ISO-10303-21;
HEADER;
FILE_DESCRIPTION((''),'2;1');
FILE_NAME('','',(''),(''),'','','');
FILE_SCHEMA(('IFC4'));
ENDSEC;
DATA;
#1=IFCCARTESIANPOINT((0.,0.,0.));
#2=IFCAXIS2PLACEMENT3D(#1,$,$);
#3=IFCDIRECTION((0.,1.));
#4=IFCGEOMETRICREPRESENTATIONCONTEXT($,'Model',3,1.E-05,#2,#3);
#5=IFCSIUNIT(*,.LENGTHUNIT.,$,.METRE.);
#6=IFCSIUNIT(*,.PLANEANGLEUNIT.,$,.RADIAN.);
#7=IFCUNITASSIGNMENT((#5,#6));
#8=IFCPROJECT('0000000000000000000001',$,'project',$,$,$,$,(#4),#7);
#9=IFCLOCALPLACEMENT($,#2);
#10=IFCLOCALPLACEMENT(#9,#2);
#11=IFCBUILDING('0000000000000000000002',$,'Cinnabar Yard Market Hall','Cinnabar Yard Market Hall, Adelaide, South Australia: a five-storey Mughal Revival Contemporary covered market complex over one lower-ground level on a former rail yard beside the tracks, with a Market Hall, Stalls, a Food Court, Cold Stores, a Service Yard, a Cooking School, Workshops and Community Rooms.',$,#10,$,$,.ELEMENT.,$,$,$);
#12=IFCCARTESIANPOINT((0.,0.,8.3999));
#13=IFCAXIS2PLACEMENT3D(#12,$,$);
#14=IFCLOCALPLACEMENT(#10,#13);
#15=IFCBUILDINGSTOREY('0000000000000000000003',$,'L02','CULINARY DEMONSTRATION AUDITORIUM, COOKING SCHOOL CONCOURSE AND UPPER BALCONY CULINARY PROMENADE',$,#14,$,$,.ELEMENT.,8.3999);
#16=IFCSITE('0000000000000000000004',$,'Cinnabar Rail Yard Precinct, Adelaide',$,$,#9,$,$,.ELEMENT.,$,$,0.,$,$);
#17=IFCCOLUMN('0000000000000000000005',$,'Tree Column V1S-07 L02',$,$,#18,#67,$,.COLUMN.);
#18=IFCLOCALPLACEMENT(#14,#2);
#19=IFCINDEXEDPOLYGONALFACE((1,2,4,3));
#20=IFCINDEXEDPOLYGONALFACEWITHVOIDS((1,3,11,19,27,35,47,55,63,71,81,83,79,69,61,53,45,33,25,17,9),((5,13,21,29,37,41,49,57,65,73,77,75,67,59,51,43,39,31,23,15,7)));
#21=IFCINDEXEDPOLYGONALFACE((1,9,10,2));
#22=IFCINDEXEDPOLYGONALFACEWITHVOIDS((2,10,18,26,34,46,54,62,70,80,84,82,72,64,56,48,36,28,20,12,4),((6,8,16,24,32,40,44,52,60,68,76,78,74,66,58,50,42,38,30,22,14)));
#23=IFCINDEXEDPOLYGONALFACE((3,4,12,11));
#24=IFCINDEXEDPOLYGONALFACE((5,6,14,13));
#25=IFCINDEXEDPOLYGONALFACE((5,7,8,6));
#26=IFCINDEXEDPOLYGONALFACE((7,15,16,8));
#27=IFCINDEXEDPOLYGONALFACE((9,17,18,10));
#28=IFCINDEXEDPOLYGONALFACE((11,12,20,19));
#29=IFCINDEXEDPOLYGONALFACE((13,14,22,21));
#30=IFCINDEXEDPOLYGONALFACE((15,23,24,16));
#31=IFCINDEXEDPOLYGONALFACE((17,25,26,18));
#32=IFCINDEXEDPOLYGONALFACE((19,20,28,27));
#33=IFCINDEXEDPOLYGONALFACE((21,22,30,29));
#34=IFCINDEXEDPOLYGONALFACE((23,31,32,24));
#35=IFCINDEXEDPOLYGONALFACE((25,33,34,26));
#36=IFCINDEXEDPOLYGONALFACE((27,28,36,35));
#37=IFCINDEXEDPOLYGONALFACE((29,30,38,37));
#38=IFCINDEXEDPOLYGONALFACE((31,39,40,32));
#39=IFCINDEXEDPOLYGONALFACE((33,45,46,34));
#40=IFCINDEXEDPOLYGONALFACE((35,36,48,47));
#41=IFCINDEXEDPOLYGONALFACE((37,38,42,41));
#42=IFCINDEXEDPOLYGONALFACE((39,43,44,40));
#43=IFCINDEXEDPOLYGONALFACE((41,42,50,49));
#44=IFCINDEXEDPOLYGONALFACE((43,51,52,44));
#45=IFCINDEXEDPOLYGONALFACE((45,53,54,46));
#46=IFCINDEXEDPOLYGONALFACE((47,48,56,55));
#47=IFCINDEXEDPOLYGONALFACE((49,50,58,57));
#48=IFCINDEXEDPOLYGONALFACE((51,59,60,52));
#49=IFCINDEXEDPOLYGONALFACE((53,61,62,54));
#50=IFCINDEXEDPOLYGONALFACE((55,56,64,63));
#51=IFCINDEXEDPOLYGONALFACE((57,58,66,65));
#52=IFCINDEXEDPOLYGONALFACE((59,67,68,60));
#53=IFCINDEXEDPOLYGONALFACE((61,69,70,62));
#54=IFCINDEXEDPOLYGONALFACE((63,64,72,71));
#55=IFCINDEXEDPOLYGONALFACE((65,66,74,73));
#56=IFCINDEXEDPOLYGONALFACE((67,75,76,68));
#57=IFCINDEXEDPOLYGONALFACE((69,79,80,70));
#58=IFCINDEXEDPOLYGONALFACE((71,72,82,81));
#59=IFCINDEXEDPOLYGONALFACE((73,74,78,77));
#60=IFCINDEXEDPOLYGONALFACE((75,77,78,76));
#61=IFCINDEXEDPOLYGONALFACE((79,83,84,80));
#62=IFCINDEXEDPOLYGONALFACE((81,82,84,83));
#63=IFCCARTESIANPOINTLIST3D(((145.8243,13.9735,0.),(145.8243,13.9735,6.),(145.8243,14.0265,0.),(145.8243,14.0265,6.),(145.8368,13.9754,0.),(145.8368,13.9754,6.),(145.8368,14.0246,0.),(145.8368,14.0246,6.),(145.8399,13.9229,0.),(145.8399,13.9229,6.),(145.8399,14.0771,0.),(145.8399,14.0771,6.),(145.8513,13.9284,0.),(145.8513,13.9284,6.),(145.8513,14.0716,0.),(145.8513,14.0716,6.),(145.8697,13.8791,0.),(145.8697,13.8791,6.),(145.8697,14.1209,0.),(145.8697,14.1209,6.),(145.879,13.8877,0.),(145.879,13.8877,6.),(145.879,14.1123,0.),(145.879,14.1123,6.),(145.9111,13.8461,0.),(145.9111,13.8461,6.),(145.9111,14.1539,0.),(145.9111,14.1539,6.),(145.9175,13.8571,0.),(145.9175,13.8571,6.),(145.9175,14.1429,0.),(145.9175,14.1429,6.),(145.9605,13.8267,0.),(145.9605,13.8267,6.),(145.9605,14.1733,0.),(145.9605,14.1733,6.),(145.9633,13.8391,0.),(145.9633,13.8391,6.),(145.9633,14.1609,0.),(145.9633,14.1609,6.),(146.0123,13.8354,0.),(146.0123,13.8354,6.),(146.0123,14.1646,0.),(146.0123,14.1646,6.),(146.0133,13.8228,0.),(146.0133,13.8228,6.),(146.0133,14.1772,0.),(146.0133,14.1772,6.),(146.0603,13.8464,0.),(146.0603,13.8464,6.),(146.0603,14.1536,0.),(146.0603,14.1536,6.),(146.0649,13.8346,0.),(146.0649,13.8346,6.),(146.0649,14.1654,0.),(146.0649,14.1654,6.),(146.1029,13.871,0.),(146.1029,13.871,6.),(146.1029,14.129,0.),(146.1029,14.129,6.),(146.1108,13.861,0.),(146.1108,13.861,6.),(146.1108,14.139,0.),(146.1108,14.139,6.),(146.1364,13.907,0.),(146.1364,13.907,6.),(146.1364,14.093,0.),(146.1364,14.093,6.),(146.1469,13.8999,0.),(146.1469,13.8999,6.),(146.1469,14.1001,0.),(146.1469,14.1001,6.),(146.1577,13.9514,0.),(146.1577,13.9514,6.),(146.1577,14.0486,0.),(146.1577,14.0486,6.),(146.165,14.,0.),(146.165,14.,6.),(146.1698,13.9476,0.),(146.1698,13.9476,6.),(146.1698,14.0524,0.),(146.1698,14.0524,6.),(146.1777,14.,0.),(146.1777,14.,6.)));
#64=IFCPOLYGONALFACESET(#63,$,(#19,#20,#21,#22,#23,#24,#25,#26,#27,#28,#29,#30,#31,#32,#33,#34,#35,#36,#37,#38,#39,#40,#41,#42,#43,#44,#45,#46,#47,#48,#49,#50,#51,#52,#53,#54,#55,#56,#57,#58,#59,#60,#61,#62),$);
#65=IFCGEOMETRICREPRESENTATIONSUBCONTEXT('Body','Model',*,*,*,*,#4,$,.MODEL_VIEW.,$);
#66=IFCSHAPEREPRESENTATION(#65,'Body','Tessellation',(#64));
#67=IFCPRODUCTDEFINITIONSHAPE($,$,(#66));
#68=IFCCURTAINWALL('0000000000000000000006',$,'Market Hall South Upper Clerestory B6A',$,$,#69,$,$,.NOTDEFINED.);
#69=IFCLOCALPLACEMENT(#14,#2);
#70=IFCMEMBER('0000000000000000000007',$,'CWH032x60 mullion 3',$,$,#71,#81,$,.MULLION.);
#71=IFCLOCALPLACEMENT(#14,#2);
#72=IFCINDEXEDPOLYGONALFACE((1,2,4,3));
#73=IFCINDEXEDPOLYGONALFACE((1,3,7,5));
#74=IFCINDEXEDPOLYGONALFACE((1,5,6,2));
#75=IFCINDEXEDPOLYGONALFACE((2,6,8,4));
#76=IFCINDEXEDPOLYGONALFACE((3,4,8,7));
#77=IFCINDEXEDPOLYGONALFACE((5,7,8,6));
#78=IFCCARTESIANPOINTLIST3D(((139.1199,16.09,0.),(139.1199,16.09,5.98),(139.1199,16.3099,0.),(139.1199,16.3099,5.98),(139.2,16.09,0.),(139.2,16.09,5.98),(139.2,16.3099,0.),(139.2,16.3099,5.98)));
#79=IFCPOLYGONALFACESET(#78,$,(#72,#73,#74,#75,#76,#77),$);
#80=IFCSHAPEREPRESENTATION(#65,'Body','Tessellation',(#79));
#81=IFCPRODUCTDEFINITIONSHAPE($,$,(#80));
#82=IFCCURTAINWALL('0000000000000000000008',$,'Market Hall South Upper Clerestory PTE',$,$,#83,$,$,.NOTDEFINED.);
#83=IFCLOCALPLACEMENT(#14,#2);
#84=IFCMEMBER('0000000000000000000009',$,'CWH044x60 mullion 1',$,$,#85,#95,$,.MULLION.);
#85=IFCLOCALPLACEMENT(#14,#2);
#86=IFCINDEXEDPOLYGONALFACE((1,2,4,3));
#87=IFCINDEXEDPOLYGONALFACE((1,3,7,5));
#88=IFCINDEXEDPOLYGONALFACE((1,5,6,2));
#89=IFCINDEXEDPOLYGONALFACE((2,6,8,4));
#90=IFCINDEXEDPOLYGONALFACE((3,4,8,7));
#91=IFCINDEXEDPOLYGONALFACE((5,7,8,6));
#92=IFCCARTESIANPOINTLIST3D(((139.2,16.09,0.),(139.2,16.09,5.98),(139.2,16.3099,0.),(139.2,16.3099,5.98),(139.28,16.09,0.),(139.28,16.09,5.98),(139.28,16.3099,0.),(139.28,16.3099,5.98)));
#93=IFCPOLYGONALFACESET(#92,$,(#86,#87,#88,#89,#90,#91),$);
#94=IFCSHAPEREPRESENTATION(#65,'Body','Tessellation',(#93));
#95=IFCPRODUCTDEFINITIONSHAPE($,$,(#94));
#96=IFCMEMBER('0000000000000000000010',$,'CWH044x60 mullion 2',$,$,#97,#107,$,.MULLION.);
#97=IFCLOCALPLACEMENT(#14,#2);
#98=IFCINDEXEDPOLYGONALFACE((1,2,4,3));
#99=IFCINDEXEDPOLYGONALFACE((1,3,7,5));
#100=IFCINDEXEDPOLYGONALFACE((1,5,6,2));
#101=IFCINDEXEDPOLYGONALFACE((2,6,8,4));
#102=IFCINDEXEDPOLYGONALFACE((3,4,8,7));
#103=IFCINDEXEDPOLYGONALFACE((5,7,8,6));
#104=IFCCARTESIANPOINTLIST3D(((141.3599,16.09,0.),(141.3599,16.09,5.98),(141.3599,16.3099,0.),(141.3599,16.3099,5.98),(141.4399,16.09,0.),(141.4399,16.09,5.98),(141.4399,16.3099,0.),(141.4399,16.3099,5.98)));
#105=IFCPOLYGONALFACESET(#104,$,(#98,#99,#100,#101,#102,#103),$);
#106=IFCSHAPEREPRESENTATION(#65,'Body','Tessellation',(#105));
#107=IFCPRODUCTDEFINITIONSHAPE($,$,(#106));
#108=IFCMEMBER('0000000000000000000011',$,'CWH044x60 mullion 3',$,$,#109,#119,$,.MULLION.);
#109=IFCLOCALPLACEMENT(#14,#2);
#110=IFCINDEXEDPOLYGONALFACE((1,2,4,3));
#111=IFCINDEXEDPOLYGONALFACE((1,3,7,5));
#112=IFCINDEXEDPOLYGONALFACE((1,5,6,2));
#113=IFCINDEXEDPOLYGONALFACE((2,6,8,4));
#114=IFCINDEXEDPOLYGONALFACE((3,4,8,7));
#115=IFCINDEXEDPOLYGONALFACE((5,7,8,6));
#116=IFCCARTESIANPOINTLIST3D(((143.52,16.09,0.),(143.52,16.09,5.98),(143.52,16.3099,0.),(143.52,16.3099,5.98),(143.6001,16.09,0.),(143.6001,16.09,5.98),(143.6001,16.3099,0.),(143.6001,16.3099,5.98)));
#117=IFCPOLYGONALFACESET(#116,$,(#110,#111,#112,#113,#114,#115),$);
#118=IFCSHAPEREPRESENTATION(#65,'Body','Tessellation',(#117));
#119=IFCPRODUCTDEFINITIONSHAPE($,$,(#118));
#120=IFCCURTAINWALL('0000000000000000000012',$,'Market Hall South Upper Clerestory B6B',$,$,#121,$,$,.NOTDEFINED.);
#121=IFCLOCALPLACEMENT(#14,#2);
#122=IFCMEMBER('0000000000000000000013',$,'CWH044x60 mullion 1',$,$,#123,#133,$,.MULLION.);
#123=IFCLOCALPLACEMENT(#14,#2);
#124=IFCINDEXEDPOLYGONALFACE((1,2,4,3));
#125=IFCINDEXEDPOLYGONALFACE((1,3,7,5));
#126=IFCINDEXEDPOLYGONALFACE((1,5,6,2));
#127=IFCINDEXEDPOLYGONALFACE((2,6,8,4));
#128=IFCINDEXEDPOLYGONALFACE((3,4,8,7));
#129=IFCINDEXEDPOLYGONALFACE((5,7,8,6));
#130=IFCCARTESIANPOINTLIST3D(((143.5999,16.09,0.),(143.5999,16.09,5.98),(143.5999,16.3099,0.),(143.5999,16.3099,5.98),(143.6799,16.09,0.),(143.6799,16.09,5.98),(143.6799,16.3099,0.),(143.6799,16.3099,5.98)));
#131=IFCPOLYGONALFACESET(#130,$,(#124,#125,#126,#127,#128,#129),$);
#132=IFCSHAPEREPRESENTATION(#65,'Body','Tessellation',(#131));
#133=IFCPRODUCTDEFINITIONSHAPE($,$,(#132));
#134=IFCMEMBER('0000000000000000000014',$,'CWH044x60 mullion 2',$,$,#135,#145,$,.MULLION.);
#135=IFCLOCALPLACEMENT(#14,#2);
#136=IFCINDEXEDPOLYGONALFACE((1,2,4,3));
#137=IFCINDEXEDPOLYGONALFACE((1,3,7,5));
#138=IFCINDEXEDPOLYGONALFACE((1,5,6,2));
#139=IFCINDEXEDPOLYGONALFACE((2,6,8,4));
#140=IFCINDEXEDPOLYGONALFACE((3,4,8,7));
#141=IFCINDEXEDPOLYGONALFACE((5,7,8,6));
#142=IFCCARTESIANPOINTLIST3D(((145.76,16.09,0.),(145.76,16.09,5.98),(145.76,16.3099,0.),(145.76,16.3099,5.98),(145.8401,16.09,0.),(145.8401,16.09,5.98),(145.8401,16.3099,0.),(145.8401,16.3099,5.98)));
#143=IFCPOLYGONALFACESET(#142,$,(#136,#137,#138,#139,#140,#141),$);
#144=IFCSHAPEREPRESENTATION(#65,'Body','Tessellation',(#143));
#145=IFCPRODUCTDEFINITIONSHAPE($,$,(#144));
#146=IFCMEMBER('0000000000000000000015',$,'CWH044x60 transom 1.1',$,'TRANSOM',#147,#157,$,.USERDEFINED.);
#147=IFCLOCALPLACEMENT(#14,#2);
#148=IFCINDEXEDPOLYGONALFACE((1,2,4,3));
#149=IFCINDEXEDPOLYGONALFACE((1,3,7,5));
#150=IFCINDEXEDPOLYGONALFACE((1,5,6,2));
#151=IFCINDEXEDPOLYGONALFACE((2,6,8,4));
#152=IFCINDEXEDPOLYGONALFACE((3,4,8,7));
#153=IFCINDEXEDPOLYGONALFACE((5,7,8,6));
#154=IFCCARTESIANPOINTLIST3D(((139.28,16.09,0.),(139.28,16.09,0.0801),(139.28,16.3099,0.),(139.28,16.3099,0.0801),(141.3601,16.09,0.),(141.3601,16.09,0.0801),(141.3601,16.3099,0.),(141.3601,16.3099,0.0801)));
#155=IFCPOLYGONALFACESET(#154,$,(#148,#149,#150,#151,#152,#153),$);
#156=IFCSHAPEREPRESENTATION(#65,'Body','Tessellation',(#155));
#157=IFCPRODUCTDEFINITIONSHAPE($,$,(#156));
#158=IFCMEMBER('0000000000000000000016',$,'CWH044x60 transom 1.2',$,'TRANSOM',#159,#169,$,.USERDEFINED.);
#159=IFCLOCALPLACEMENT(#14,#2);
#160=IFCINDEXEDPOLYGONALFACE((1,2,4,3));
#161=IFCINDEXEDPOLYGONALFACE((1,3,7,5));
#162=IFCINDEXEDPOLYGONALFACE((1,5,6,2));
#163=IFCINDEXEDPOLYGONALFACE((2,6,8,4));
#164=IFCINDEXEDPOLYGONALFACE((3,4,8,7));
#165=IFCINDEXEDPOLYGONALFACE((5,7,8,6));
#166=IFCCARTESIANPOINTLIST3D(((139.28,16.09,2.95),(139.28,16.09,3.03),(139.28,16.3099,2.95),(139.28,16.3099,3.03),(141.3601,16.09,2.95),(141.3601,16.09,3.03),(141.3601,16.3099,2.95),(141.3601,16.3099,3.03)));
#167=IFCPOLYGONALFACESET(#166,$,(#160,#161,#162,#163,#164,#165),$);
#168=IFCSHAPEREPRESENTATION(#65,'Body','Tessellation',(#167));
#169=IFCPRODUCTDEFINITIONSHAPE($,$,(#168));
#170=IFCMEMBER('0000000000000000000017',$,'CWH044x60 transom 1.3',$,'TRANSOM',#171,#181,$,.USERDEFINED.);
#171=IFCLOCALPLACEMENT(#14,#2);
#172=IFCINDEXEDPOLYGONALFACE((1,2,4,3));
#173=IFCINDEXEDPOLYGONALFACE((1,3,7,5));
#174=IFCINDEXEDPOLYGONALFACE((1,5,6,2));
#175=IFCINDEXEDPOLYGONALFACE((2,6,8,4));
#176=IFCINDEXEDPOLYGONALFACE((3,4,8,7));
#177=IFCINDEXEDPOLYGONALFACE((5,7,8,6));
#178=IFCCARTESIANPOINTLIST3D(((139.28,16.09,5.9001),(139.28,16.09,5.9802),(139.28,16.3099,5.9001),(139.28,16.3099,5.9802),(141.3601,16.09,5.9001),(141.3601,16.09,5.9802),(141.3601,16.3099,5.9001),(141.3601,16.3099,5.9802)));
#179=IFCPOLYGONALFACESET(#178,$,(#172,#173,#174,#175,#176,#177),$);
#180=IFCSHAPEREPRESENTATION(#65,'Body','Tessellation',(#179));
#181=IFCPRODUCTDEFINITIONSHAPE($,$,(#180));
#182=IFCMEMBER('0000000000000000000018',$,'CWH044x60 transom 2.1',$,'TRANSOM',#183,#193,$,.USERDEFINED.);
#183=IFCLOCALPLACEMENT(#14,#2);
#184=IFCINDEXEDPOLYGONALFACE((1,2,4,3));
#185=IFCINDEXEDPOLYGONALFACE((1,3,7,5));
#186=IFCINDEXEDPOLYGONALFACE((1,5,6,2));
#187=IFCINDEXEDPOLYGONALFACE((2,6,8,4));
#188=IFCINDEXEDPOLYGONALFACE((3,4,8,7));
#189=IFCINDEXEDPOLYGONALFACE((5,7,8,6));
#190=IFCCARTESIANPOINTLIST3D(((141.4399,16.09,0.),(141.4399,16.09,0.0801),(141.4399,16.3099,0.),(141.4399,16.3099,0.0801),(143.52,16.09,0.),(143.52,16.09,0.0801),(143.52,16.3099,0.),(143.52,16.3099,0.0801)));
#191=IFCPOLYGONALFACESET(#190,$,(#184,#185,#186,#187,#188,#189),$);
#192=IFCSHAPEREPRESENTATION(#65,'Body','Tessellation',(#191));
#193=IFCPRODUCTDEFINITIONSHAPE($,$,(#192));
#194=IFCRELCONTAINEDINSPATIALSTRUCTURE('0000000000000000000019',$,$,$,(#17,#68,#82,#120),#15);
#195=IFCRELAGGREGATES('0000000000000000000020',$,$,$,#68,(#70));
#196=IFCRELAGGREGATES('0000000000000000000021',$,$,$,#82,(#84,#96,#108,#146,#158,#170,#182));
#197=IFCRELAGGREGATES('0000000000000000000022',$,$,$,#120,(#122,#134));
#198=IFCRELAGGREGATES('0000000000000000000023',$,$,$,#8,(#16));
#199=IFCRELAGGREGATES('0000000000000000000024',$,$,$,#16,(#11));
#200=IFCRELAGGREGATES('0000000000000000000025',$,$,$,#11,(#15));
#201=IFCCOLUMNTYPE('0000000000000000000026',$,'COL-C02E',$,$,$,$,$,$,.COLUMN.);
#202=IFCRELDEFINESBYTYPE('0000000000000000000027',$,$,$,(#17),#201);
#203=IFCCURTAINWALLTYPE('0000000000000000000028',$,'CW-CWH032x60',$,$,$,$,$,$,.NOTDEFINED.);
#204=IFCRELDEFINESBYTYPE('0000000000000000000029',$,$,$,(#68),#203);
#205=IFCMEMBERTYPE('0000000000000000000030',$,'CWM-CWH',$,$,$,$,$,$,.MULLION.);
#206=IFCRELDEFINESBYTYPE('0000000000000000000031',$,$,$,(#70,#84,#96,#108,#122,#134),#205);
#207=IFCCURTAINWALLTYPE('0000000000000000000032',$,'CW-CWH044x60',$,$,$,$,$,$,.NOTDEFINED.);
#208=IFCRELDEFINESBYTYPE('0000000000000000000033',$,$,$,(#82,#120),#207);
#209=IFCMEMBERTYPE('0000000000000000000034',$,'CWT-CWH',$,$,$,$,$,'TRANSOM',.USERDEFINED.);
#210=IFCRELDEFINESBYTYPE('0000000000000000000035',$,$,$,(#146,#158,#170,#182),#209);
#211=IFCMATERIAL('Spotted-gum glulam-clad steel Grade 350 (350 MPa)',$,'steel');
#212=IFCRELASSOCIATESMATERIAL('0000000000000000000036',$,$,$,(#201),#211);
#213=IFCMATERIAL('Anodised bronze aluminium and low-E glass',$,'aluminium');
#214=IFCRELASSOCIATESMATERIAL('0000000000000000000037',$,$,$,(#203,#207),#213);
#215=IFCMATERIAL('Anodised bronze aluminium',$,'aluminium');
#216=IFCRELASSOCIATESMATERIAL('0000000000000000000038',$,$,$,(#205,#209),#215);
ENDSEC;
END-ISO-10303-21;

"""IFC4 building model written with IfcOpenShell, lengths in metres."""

from ifc_helpers import new_model, si_unit, direction, frame, origin, origin_2d_with_axis, place, context, subcontext, project, spatial, rectangle, hollow_circle, extrude, material, material_profile, profile_set, type_object, element, aggregate, save


model = new_model("IFC4")

# Units and contexts
model_context = context("Model", 3, precision=1e-05, world=origin(), true_north=direction((0.0, 1.0)))
body_context = subcontext(model_context, "Body", "Model", "MODEL_VIEW")
ifc_project = project(units=[si_unit("LENGTHUNIT", "METRE"), si_unit("PLANEANGLEUNIT", "RADIAN")], contexts=[model_context])

# Site, building, storey
site_placement = place(None, origin())
site = spatial("IfcSite", under=ifc_project, at=site_placement, Name="Cinnabar Rail Yard Precinct, Adelaide", CompositionType="ELEMENT", RefElevation=0.0)
building_placement = place(site_placement, origin())
building = spatial("IfcBuilding", under=site, at=building_placement, Name="Cinnabar Yard Market Hall", Description="Cinnabar Yard Market Hall, Adelaide, South Australia: a five-storey Mughal Revival Contemporary covered market complex over one lower-ground level on a former rail yard beside the tracks, with a Market Hall, Stalls, a Food Court, Cold Stores, a Service Yard, a Cooking School, Workshops and Community Rooms.", CompositionType="ELEMENT")
storey_placement = place(building_placement, frame((0.0, 0.0, 8.3999)))
storey = spatial("IfcBuildingStorey", under=building, at=storey_placement, Name="L02", Description="CULINARY DEMONSTRATION AUDITORIUM, COOKING SCHOOL CONCOURSE AND UPPER BALCONY CULINARY PROMENADE", CompositionType="ELEMENT", Elevation=8.3999)

# Column
ifc_material_1 = material(Name="Spotted-gum glulam-clad steel Grade 350 (350 MPa)", Category="steel")
ifc_material_profile_1 = material_profile(ifc_material_1, hollow_circle(Radius=0.1777, WallThickness=0.0127, at=origin_2d_with_axis()), Name="355.6x12.7CHS")
ifc_profile_set_1 = profile_set([ifc_material_profile_1], Name="Spotted-gum glulam-clad steel Grade 350 (350 MPa)")
column_type = type_object("IfcColumnType", Name="COL-C02E", PredefinedType="COLUMN", material=ifc_profile_set_1)
column_placement = place(storey_placement, frame((146.0, 14.0, 0.0), z_axis=(0.0, 0.0, 1.0), x_axis=(1.0, 0.0, 0.0)))
element("IfcColumn", 1, at=column_placement, inside=storey, type_object=column_type, Name="Tree Column V1S-07 L02", PredefinedType="COLUMN", context=body_context, shape_type="SweptSolid", body=[
    extrude(hollow_circle(Radius=0.1777, WallThickness=0.0127, at=origin_2d_with_axis()), origin(), (0.0, 0.0, 1.0), 6.0),
])

# Curtain wall, member
ifc_material_2 = material(Name="Anodised bronze aluminium and low-E glass", Category="aluminium")
curtain_wall_type_1 = type_object("IfcCurtainWallType", Name="CW-CWH032x60", PredefinedType="NOTDEFINED", material=ifc_material_2)
curtain_wall_1_placement = place(storey_placement, origin())
curtain_wall_1 = element("IfcCurtainWall", 2, at=curtain_wall_1_placement, inside=storey, type_object=curtain_wall_type_1, Name="Market Hall South Upper Clerestory B6A", PredefinedType="NOTDEFINED")
ifc_material_3 = material(Name="Anodised bronze aluminium", Category="aluminium")
ifc_material_profile_2 = material_profile(ifc_material_3, rectangle(XDim=0.22, YDim=0.0801, at=origin_2d_with_axis()), Name="MUL-CWH")
ifc_profile_set_2 = profile_set([ifc_material_profile_2], Name="Anodised bronze aluminium")
member_type_1 = type_object("IfcMemberType", Name="CWM-CWH", PredefinedType="MULLION", material=ifc_profile_set_2)
member_1_placement = place(storey_placement, frame((139.1599, 16.2, 0.0), z_axis=(0.0, 0.0, 1.0), x_axis=(0.0, 1.0, 0.0)))
member_1 = element("IfcMember", 3, at=member_1_placement, type_object=member_type_1, Name="CWH032x60 mullion 3", PredefinedType="MULLION", context=body_context, shape_type="SweptSolid", body=[
    extrude(rectangle(XDim=0.22, YDim=0.0801, at=origin_2d_with_axis()), origin(), (0.0, 0.0, 1.0), 5.98),
])

# Curtain walls, members
curtain_wall_type_2 = type_object("IfcCurtainWallType", Name="CW-CWH044x60", PredefinedType="NOTDEFINED", material=ifc_material_2)
curtain_wall_2_placement = place(storey_placement, origin())
curtain_wall_2 = element("IfcCurtainWall", 4, at=curtain_wall_2_placement, inside=storey, type_object=curtain_wall_type_2, Name="Market Hall South Upper Clerestory PTE", PredefinedType="NOTDEFINED")
member_2_placement = place(storey_placement, frame((139.24, 16.2, 0.0), z_axis=(0.0, 0.0, 1.0), x_axis=(0.0, 1.0, 0.0)))
member_2 = element("IfcMember", 5, at=member_2_placement, type_object=member_type_1, Name="CWH044x60 mullion 1", PredefinedType="MULLION", context=body_context, shape_type="SweptSolid", body=[
    extrude(rectangle(XDim=0.22, YDim=0.0801, at=origin_2d_with_axis()), origin(), (0.0, 0.0, 1.0), 5.98),
])
member_3_placement = place(storey_placement, frame((141.3999, 16.2, 0.0), z_axis=(0.0, 0.0, 1.0), x_axis=(0.0, 1.0, 0.0)))
member_3 = element("IfcMember", 6, at=member_3_placement, type_object=member_type_1, Name="CWH044x60 mullion 2", PredefinedType="MULLION", context=body_context, shape_type="SweptSolid", body=[
    extrude(rectangle(XDim=0.22, YDim=0.0801, at=origin_2d_with_axis()), origin(), (0.0, 0.0, 1.0), 5.98),
])
member_4_placement = place(storey_placement, frame((143.5601, 16.2, 0.0), z_axis=(0.0, 0.0, 1.0), x_axis=(0.0, 1.0, 0.0)))
member_4 = element("IfcMember", 7, at=member_4_placement, type_object=member_type_1, Name="CWH044x60 mullion 3", PredefinedType="MULLION", context=body_context, shape_type="SweptSolid", body=[
    extrude(rectangle(XDim=0.22, YDim=0.0801, at=origin_2d_with_axis()), origin(), (0.0, 0.0, 1.0), 5.98),
])
curtain_wall_3_placement = place(storey_placement, origin())
curtain_wall_3 = element("IfcCurtainWall", 8, at=curtain_wall_3_placement, inside=storey, type_object=curtain_wall_type_2, Name="Market Hall South Upper Clerestory B6B", PredefinedType="NOTDEFINED")
member_5_placement = place(storey_placement, frame((143.6399, 16.2, 0.0), z_axis=(0.0, 0.0, 1.0), x_axis=(0.0, 1.0, 0.0)))
member_5 = element("IfcMember", 9, at=member_5_placement, type_object=member_type_1, Name="CWH044x60 mullion 1", PredefinedType="MULLION", context=body_context, shape_type="SweptSolid", body=[
    extrude(rectangle(XDim=0.22, YDim=0.0801, at=origin_2d_with_axis()), origin(), (0.0, 0.0, 1.0), 5.98),
])
member_6_placement = place(storey_placement, frame((145.8, 16.2, 0.0), z_axis=(0.0, 0.0, 1.0), x_axis=(0.0, 1.0, 0.0)))
member_6 = element("IfcMember", 10, at=member_6_placement, type_object=member_type_1, Name="CWH044x60 mullion 2", PredefinedType="MULLION", context=body_context, shape_type="SweptSolid", body=[
    extrude(rectangle(XDim=0.22, YDim=0.0801, at=origin_2d_with_axis()), origin(), (0.0, 0.0, 1.0), 5.98),
])

# Members
ifc_material_profile_3 = material_profile(ifc_material_3, rectangle(XDim=0.22, YDim=0.0801, at=origin_2d_with_axis()), Name="TRN-CWH")
ifc_profile_set_3 = profile_set([ifc_material_profile_3], Name="Anodised bronze aluminium")
member_type_2 = type_object("IfcMemberType", Name="CWT-CWH", ElementType="TRANSOM", PredefinedType="USERDEFINED", material=ifc_profile_set_3)
member_7_placement = place(storey_placement, frame((139.28, 16.2, 0.04), z_axis=(1.0, 0.0, 0.0), x_axis=(0.0, 1.0, 0.0)))
member_7 = element("IfcMember", 11, at=member_7_placement, type_object=member_type_2, Name="CWH044x60 transom 1.1", ObjectType="TRANSOM", PredefinedType="USERDEFINED", context=body_context, shape_type="SweptSolid", body=[
    extrude(rectangle(XDim=0.22, YDim=0.0801, at=origin_2d_with_axis()), origin(), (0.0, 0.0, 1.0), 2.0801),
])
member_8_placement = place(storey_placement, frame((139.28, 16.2, 2.99), z_axis=(1.0, 0.0, 0.0), x_axis=(0.0, 1.0, 0.0)))
member_8 = element("IfcMember", 12, at=member_8_placement, type_object=member_type_2, Name="CWH044x60 transom 1.2", ObjectType="TRANSOM", PredefinedType="USERDEFINED", context=body_context, shape_type="SweptSolid", body=[
    extrude(rectangle(XDim=0.22, YDim=0.0801, at=origin_2d_with_axis()), origin(), (0.0, 0.0, 1.0), 2.0801),
])
member_9_placement = place(storey_placement, frame((139.28, 16.2, 5.9402), z_axis=(1.0, 0.0, 0.0), x_axis=(0.0, 1.0, 0.0)))
member_9 = element("IfcMember", 13, at=member_9_placement, type_object=member_type_2, Name="CWH044x60 transom 1.3", ObjectType="TRANSOM", PredefinedType="USERDEFINED", context=body_context, shape_type="SweptSolid", body=[
    extrude(rectangle(XDim=0.22, YDim=0.0801, at=origin_2d_with_axis()), origin(), (0.0, 0.0, 1.0), 2.0801),
])
member_10_placement = place(storey_placement, frame((141.4399, 16.2, 0.04), z_axis=(1.0, 0.0, 0.0), x_axis=(0.0, 1.0, 0.0)))
member_10 = element("IfcMember", 14, at=member_10_placement, type_object=member_type_2, Name="CWH044x60 transom 2.1", ObjectType="TRANSOM", PredefinedType="USERDEFINED", context=body_context, shape_type="SweptSolid", body=[
    extrude(rectangle(XDim=0.22, YDim=0.0801, at=origin_2d_with_axis()), origin(), (0.0, 0.0, 1.0), 2.0801),
])

aggregate(curtain_wall_1, [member_1])
aggregate(curtain_wall_2, [member_2, member_3, member_4, member_7, member_8, member_9, member_10])
aggregate(curtain_wall_3, [member_5, member_6])

save(model, "model.ifc")
